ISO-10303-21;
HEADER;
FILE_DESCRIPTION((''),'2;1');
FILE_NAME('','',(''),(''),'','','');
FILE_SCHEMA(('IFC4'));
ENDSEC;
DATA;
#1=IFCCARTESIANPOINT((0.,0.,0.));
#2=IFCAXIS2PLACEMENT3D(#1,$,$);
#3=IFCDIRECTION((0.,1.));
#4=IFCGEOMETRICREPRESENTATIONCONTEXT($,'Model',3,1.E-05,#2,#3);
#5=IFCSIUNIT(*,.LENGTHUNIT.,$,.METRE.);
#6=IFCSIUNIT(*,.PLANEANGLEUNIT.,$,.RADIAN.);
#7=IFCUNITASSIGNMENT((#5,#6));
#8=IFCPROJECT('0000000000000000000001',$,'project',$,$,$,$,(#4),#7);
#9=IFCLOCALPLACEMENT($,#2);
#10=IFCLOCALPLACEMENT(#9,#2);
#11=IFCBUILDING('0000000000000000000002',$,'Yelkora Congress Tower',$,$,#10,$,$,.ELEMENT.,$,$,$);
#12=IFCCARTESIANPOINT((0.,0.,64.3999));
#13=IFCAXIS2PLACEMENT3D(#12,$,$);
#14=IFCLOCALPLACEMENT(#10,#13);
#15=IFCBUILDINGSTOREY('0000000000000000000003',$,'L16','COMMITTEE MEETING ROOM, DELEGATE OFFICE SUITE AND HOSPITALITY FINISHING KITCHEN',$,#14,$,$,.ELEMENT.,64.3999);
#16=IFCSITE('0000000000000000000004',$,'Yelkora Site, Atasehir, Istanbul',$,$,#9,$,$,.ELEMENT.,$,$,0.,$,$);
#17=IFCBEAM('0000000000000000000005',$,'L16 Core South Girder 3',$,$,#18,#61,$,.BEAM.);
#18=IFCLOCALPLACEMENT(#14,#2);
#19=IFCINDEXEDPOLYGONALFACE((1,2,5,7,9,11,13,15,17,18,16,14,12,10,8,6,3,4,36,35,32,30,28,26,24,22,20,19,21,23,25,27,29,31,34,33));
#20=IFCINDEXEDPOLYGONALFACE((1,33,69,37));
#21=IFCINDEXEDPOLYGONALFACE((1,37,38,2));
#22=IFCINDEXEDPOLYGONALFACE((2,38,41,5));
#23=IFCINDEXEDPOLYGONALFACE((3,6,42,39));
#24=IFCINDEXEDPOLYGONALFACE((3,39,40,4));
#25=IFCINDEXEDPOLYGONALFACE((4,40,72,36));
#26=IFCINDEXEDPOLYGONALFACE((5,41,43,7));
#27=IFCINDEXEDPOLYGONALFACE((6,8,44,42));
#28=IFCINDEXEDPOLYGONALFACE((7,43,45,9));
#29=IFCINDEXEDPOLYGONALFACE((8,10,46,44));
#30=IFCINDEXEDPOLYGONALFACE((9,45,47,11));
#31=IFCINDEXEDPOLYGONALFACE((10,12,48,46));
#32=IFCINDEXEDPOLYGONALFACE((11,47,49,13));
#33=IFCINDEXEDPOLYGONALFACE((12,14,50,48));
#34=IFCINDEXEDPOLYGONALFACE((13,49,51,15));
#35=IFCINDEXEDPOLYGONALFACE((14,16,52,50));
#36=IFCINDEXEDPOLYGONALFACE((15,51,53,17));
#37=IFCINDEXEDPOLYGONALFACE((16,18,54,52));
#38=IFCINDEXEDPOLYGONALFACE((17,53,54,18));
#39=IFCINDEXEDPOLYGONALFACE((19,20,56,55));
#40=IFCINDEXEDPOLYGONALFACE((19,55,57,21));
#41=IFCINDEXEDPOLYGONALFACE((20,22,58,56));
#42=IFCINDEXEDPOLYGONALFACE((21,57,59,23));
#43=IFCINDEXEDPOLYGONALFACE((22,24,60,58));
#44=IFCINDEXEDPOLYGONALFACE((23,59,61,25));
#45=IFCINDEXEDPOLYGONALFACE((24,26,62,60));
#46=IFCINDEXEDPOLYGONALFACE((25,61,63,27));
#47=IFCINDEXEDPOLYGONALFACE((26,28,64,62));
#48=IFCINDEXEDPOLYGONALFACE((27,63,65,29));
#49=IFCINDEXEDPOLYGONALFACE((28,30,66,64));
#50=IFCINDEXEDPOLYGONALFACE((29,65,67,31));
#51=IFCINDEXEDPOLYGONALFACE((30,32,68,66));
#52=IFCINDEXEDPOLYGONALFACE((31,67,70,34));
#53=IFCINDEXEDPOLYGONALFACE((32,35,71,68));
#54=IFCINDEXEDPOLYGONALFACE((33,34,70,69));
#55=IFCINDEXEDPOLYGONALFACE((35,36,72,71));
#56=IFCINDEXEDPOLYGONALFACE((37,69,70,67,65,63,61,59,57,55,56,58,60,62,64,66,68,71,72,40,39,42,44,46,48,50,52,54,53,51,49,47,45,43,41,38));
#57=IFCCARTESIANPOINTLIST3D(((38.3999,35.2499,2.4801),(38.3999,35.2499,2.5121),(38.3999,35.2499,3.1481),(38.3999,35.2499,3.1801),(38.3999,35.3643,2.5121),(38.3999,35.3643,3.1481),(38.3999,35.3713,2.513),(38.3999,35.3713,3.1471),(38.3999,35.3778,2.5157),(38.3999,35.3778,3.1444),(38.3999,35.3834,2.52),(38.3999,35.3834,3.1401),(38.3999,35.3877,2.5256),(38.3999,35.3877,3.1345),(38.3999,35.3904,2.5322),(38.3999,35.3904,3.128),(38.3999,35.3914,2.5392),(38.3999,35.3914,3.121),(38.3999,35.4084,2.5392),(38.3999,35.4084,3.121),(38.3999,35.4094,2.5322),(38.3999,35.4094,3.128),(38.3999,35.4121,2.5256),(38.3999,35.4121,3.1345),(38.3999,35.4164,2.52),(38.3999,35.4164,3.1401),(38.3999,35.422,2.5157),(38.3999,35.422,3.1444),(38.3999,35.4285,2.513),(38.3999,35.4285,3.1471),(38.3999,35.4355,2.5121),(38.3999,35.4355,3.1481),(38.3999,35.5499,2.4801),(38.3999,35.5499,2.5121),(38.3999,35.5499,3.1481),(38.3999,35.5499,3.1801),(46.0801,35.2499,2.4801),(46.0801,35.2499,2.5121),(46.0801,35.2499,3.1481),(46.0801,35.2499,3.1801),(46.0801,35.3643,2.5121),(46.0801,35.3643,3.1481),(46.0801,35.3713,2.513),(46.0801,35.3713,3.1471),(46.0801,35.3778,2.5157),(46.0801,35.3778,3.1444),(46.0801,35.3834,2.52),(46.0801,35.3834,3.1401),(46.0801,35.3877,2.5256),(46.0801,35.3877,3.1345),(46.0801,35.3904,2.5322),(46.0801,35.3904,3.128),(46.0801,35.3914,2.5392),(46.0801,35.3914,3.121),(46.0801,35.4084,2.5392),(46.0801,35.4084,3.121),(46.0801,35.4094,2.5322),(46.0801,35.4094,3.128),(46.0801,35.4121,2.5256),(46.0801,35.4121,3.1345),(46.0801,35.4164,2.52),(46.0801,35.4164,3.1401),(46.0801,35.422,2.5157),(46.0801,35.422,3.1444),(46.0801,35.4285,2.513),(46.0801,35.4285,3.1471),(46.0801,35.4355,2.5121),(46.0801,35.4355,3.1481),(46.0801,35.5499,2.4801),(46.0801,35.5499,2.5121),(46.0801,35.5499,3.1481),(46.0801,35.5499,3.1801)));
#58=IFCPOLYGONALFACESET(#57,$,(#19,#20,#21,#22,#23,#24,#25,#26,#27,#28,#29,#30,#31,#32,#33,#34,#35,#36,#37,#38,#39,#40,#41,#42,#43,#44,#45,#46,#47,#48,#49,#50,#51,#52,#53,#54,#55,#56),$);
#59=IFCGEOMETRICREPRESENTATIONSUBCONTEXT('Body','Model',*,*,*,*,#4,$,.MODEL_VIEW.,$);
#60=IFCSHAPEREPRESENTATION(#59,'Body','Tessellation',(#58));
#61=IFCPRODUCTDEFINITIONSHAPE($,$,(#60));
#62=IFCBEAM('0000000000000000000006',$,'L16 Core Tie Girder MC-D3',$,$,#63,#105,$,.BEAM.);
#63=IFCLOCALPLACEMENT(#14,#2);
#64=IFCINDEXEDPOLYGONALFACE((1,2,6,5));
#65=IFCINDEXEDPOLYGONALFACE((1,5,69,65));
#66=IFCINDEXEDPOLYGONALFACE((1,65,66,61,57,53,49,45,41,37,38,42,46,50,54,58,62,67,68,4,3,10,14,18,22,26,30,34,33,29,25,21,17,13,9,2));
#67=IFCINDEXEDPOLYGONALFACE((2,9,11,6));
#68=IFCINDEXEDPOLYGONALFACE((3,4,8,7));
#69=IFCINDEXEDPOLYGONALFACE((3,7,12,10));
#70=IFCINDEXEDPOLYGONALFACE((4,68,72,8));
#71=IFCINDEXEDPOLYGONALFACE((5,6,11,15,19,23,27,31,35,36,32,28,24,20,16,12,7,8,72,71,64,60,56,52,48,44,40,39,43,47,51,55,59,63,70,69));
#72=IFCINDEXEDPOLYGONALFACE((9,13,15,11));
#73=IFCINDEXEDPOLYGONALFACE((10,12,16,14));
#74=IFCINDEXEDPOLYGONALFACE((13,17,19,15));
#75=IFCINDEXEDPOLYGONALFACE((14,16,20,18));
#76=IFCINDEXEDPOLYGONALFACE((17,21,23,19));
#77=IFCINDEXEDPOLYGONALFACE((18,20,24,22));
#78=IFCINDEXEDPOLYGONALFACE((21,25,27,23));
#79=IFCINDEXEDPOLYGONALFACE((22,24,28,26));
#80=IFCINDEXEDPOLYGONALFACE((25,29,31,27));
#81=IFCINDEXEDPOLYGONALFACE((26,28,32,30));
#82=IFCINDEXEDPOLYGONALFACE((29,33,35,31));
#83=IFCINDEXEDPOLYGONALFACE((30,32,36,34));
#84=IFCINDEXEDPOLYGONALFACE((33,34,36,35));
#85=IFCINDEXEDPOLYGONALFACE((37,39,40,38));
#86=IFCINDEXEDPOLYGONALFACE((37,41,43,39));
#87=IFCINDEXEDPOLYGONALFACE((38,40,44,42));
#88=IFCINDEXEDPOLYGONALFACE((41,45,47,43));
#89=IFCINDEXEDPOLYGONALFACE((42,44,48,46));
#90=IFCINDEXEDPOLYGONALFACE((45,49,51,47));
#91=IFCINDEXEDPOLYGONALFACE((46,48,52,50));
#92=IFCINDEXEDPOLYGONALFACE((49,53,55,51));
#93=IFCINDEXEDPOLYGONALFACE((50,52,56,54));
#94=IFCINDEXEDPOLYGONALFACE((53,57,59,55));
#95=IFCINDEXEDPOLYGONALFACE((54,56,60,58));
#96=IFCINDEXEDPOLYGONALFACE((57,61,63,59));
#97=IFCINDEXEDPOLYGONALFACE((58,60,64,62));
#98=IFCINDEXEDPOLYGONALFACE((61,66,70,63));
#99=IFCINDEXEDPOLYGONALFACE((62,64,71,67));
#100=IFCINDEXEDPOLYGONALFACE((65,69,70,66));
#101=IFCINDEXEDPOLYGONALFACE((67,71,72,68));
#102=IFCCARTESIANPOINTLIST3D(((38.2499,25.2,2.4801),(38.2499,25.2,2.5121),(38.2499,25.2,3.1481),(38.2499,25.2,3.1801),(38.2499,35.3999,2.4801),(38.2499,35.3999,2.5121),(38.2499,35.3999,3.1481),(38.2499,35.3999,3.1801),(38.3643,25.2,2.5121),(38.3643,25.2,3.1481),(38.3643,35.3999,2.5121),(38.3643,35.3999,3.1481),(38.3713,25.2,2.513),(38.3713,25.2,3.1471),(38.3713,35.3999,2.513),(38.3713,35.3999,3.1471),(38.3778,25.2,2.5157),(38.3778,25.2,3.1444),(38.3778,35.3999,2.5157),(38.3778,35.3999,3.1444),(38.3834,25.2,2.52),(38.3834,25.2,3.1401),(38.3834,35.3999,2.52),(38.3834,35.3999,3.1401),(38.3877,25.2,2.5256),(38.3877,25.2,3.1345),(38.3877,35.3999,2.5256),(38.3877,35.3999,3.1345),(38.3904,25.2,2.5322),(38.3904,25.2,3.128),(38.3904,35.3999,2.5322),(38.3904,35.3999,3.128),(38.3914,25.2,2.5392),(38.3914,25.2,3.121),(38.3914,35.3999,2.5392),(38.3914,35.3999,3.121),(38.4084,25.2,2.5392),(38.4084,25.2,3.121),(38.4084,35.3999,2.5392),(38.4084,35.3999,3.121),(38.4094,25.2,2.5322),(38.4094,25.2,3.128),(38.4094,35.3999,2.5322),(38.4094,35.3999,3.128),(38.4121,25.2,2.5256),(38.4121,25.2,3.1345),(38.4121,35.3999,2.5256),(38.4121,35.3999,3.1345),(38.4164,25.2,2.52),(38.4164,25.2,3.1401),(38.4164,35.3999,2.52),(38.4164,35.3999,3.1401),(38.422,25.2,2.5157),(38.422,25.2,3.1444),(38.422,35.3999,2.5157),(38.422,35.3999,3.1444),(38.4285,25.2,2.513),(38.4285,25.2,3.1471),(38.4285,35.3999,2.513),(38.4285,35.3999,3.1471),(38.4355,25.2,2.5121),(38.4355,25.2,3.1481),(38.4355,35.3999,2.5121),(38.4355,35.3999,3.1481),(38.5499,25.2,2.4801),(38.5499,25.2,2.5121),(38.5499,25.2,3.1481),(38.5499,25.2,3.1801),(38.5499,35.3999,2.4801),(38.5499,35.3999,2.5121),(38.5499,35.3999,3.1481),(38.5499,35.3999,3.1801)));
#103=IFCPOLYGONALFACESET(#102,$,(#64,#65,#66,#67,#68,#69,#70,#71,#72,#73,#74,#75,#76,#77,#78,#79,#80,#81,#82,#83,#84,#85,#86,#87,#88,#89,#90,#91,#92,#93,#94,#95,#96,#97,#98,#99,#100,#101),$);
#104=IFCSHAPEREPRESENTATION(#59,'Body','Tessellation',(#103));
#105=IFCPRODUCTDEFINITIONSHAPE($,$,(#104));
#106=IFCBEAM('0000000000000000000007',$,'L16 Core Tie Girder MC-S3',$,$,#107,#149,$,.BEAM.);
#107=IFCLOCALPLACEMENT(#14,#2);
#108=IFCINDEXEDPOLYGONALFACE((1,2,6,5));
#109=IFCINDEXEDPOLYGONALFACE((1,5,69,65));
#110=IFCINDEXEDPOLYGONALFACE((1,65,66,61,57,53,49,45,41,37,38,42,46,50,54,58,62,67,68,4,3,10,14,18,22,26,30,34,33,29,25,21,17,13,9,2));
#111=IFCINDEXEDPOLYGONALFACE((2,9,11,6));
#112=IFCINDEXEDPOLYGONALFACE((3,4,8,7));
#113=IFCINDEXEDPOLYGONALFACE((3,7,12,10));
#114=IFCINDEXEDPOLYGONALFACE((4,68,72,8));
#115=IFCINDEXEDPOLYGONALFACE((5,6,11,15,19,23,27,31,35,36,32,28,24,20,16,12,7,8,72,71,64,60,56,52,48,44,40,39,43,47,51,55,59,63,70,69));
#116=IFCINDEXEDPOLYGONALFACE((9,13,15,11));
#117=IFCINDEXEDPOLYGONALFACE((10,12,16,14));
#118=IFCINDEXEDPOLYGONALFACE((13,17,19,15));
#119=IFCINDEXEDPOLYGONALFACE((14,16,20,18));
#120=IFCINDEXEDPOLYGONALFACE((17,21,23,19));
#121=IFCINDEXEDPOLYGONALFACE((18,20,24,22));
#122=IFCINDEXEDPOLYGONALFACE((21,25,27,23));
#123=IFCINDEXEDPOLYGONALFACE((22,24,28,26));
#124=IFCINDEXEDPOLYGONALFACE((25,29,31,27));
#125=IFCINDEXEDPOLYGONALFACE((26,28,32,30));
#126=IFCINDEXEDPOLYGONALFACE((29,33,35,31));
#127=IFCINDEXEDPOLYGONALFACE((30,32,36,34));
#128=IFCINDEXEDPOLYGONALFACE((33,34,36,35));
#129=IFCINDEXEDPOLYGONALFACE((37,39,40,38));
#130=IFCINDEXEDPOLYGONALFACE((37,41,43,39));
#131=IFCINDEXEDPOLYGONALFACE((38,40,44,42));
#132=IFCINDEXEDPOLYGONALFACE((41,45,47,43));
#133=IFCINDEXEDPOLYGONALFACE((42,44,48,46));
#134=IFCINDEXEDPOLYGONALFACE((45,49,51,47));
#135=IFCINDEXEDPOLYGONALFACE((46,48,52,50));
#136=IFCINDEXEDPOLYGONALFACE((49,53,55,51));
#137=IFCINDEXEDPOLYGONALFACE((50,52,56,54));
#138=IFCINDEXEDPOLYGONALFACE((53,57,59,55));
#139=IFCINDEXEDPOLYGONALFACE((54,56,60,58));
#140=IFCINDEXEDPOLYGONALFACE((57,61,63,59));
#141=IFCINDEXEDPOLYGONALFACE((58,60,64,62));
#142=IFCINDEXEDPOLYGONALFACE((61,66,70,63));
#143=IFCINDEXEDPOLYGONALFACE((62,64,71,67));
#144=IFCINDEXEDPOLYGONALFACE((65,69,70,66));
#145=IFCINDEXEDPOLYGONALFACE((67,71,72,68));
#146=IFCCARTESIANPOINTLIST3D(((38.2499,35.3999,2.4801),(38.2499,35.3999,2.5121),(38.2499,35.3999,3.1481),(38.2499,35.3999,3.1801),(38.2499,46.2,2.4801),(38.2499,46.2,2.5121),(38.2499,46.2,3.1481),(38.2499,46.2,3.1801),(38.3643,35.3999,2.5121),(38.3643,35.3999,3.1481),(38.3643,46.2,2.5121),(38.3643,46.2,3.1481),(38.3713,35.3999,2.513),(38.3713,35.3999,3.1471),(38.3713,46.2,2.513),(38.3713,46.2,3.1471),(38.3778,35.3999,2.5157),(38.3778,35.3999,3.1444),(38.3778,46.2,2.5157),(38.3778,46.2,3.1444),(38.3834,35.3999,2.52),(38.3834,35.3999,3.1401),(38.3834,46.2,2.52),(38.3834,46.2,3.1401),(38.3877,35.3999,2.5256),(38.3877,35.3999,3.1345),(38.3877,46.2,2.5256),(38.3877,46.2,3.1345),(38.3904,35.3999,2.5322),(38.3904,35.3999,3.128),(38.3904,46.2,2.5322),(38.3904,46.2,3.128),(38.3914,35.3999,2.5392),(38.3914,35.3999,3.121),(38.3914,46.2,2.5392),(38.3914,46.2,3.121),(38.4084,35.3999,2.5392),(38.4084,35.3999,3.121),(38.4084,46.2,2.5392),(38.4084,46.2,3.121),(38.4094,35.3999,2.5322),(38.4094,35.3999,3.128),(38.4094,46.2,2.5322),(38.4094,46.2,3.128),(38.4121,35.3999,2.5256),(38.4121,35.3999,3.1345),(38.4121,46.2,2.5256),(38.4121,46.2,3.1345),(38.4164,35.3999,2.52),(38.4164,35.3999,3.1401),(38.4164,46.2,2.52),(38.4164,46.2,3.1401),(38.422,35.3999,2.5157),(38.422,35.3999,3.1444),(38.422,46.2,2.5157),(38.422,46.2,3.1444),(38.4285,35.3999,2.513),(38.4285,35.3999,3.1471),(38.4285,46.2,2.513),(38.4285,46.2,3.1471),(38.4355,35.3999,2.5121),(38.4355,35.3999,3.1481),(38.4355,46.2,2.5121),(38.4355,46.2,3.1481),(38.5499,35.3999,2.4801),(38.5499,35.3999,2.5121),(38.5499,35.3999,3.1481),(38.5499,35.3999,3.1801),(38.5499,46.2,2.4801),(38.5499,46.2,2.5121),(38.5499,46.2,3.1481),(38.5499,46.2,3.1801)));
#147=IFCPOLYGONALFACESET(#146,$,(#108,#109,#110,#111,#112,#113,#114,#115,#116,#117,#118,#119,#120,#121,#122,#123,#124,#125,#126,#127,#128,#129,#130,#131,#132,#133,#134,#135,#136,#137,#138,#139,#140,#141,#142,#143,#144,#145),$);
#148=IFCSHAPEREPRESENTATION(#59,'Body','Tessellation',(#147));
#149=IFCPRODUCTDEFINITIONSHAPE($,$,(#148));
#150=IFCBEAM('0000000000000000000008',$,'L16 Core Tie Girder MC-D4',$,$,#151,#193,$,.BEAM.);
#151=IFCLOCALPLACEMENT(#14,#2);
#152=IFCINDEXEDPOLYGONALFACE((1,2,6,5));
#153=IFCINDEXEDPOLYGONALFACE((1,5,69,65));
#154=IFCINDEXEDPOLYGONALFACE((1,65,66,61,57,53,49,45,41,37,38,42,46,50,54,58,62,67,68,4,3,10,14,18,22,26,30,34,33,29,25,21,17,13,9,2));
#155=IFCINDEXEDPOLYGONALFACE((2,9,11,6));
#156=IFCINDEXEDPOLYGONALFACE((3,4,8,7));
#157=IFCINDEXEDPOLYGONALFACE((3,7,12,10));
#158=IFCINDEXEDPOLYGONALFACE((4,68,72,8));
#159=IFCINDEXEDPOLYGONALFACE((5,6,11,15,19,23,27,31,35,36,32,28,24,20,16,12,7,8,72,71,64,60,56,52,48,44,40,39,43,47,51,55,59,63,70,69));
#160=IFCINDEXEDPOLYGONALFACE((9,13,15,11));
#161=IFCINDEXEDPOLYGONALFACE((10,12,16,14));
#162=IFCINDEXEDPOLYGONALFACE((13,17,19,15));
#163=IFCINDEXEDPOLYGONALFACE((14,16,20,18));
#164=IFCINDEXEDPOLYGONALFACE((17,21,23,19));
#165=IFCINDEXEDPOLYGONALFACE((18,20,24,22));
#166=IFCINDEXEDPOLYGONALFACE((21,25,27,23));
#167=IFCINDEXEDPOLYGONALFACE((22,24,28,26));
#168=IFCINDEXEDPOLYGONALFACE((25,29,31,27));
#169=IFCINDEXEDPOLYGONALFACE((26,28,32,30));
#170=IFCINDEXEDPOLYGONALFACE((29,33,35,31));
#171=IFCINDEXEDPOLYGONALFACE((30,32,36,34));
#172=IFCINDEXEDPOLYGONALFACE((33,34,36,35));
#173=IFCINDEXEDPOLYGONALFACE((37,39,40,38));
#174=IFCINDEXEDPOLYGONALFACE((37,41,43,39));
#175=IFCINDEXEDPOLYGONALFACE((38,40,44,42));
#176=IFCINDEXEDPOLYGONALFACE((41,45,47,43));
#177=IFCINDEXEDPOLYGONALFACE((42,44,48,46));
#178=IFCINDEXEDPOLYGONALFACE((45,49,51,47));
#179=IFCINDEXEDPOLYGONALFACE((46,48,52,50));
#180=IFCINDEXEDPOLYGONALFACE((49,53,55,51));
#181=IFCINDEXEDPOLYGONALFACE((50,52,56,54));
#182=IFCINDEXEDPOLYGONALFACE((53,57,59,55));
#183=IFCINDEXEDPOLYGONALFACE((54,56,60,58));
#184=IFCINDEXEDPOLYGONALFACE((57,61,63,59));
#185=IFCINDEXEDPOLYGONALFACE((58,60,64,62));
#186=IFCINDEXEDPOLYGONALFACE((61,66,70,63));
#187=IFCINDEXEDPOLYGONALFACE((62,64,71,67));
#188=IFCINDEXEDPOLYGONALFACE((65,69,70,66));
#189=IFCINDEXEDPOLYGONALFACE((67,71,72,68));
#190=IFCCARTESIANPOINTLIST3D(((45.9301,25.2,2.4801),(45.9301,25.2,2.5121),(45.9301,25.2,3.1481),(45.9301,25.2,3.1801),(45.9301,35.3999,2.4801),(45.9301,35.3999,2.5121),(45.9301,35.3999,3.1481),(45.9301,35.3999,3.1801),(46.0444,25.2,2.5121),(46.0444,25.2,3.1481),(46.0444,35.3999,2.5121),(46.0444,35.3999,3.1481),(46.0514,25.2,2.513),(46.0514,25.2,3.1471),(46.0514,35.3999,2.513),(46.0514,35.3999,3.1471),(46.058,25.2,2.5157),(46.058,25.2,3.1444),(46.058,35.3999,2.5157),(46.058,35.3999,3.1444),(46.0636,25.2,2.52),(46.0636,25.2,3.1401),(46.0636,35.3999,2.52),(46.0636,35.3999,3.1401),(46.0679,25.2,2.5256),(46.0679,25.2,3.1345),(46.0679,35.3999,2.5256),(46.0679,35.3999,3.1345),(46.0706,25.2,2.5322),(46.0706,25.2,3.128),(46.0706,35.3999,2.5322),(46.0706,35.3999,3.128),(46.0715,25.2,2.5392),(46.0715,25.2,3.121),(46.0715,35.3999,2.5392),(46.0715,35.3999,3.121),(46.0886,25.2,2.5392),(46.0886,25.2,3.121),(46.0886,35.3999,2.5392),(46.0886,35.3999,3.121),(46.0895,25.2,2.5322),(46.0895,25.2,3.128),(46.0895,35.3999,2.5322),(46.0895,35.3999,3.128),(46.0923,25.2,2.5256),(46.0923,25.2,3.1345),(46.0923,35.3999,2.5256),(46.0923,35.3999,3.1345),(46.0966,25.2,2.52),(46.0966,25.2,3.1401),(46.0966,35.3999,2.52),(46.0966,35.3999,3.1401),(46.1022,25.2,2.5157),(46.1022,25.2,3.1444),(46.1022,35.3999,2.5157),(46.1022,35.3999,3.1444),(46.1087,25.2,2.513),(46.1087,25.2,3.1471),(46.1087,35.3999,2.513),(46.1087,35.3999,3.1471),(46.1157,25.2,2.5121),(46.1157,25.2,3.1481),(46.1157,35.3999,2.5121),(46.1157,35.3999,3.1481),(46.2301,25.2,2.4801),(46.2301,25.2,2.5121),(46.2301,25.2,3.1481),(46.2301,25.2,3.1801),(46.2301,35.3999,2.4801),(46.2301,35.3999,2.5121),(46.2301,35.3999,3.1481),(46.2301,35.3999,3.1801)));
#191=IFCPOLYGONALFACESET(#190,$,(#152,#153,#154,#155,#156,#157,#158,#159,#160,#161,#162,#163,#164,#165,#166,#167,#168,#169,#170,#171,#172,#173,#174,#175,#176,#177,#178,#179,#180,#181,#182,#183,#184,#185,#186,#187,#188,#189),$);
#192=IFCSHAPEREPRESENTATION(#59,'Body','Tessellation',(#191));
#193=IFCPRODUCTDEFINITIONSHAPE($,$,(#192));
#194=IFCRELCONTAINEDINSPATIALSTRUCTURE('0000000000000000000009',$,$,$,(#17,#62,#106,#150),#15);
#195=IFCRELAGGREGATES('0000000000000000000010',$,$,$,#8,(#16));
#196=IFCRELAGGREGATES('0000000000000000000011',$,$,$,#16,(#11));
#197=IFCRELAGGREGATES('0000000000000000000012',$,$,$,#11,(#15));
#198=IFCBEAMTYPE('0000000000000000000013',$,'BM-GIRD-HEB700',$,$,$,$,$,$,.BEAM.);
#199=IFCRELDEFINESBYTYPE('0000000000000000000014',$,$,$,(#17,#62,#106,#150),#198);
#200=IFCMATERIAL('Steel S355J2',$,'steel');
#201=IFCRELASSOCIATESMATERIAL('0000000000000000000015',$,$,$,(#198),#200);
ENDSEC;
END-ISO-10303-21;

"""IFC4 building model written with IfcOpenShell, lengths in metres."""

from ifc_helpers import new_model, si_unit, direction, frame, origin, origin_2d, place, context, subcontext, project, spatial, i_section, extrude, material, material_profile, profile_set, type_object, element, save


model = new_model("IFC4")

# Units and contexts
model_context = context("Model", 3, precision=1e-05, world=origin(), true_north=direction((0.0, 1.0)))
body_context = subcontext(model_context, "Body", "Model", "MODEL_VIEW")
ifc_project = project(units=[si_unit("LENGTHUNIT", "METRE"), si_unit("PLANEANGLEUNIT", "RADIAN")], contexts=[model_context])

# Site, building, storey
site_placement = place(None, origin())
site = spatial("IfcSite", under=ifc_project, at=site_placement, Name="Yelkora Site, Atasehir, Istanbul", CompositionType="ELEMENT", RefElevation=0.0)
building_placement = place(site_placement, origin())
building = spatial("IfcBuilding", under=site, at=building_placement, Name="Yelkora Congress Tower", CompositionType="ELEMENT")
storey_placement = place(building_placement, frame((0.0, 0.0, 64.3999)))
storey = spatial("IfcBuildingStorey", under=building, at=storey_placement, Name="L16", Description="COMMITTEE MEETING ROOM, DELEGATE OFFICE SUITE AND HOSPITALITY FINISHING KITCHEN", CompositionType="ELEMENT", Elevation=64.3999)

# Beams
ifc_material_1 = material(Name="Steel S355J2", Category="steel")
ifc_material_profile_1 = material_profile(ifc_material_1, i_section(OverallWidth=0.3, OverallDepth=0.7, WebThickness=0.0171, FlangeThickness=0.032, FilletRadius=0.0271, at=origin_2d()), Name="HEB 700")
ifc_profile_set_1 = profile_set([ifc_material_profile_1], Name="Steel S355J2")
beam_type_1 = type_object("IfcBeamType", Name="BM-GIRD-HEB700", PredefinedType="BEAM", material=ifc_profile_set_1)
beam_1_placement = place(storey_placement, frame((38.3999, 35.3999, 2.8301), z_axis=(1.0, 0.0, 0.0), x_axis=(0.0, 1.0, 0.0)))
element("IfcBeam", 1, at=beam_1_placement, inside=storey, type_object=beam_type_1, Name="L16 Core South Girder 3", PredefinedType="BEAM", context=body_context, shape_type="SweptSolid", body=[
    extrude(i_section(OverallWidth=0.3, OverallDepth=0.7, WebThickness=0.0171, FlangeThickness=0.032, FilletRadius=0.0271, at=origin_2d()), origin(), (0.0, 0.0, 1.0), 7.6802),
])
beam_2_placement = place(storey_placement, frame((38.3999, 25.2, 2.8301), z_axis=(0.0, 1.0, 0.0), x_axis=(-1.0, 0.0, 0.0)))
element("IfcBeam", 2, at=beam_2_placement, inside=storey, type_object=beam_type_1, Name="L16 Core Tie Girder MC-D3", PredefinedType="BEAM", context=body_context, shape_type="SweptSolid", body=[
    extrude(i_section(OverallWidth=0.3, OverallDepth=0.7, WebThickness=0.0171, FlangeThickness=0.032, FilletRadius=0.0271, at=origin_2d()), origin(), (0.0, 0.0, 1.0), 10.2),
])
beam_3_placement = place(storey_placement, frame((38.3999, 35.3999, 2.8301), z_axis=(0.0, 1.0, 0.0), x_axis=(-1.0, 0.0, 0.0)))
element("IfcBeam", 3, at=beam_3_placement, inside=storey, type_object=beam_type_1, Name="L16 Core Tie Girder MC-S3", PredefinedType="BEAM", context=body_context, shape_type="SweptSolid", body=[
    extrude(i_section(OverallWidth=0.3, OverallDepth=0.7, WebThickness=0.0171, FlangeThickness=0.032, FilletRadius=0.0271, at=origin_2d()), origin(), (0.0, 0.0, 1.0), 10.8),
])
for number, where, z_axis, x_axis, name in (
    (4, (46.0801, 25.2, 2.8301), (0.0, 1.0, 0.0), (-1.0, 0.0, 0.0), "L16 Core Tie Girder MC-D4"),
):
    element("IfcBeam", number, at=place(storey_placement, frame(where, z_axis=z_axis, x_axis=x_axis)), inside=storey, type_object=beam_type_1, Name=name, PredefinedType="BEAM", context=body_context, shape_type="SweptSolid", body=[
        extrude(i_section(OverallWidth=0.3, OverallDepth=0.7, WebThickness=0.0171, FlangeThickness=0.032, FilletRadius=0.0271, at=origin_2d()), origin(), (0.0, 0.0, 1.0), 10.2),
    ])

save(model, "model.ifc")
